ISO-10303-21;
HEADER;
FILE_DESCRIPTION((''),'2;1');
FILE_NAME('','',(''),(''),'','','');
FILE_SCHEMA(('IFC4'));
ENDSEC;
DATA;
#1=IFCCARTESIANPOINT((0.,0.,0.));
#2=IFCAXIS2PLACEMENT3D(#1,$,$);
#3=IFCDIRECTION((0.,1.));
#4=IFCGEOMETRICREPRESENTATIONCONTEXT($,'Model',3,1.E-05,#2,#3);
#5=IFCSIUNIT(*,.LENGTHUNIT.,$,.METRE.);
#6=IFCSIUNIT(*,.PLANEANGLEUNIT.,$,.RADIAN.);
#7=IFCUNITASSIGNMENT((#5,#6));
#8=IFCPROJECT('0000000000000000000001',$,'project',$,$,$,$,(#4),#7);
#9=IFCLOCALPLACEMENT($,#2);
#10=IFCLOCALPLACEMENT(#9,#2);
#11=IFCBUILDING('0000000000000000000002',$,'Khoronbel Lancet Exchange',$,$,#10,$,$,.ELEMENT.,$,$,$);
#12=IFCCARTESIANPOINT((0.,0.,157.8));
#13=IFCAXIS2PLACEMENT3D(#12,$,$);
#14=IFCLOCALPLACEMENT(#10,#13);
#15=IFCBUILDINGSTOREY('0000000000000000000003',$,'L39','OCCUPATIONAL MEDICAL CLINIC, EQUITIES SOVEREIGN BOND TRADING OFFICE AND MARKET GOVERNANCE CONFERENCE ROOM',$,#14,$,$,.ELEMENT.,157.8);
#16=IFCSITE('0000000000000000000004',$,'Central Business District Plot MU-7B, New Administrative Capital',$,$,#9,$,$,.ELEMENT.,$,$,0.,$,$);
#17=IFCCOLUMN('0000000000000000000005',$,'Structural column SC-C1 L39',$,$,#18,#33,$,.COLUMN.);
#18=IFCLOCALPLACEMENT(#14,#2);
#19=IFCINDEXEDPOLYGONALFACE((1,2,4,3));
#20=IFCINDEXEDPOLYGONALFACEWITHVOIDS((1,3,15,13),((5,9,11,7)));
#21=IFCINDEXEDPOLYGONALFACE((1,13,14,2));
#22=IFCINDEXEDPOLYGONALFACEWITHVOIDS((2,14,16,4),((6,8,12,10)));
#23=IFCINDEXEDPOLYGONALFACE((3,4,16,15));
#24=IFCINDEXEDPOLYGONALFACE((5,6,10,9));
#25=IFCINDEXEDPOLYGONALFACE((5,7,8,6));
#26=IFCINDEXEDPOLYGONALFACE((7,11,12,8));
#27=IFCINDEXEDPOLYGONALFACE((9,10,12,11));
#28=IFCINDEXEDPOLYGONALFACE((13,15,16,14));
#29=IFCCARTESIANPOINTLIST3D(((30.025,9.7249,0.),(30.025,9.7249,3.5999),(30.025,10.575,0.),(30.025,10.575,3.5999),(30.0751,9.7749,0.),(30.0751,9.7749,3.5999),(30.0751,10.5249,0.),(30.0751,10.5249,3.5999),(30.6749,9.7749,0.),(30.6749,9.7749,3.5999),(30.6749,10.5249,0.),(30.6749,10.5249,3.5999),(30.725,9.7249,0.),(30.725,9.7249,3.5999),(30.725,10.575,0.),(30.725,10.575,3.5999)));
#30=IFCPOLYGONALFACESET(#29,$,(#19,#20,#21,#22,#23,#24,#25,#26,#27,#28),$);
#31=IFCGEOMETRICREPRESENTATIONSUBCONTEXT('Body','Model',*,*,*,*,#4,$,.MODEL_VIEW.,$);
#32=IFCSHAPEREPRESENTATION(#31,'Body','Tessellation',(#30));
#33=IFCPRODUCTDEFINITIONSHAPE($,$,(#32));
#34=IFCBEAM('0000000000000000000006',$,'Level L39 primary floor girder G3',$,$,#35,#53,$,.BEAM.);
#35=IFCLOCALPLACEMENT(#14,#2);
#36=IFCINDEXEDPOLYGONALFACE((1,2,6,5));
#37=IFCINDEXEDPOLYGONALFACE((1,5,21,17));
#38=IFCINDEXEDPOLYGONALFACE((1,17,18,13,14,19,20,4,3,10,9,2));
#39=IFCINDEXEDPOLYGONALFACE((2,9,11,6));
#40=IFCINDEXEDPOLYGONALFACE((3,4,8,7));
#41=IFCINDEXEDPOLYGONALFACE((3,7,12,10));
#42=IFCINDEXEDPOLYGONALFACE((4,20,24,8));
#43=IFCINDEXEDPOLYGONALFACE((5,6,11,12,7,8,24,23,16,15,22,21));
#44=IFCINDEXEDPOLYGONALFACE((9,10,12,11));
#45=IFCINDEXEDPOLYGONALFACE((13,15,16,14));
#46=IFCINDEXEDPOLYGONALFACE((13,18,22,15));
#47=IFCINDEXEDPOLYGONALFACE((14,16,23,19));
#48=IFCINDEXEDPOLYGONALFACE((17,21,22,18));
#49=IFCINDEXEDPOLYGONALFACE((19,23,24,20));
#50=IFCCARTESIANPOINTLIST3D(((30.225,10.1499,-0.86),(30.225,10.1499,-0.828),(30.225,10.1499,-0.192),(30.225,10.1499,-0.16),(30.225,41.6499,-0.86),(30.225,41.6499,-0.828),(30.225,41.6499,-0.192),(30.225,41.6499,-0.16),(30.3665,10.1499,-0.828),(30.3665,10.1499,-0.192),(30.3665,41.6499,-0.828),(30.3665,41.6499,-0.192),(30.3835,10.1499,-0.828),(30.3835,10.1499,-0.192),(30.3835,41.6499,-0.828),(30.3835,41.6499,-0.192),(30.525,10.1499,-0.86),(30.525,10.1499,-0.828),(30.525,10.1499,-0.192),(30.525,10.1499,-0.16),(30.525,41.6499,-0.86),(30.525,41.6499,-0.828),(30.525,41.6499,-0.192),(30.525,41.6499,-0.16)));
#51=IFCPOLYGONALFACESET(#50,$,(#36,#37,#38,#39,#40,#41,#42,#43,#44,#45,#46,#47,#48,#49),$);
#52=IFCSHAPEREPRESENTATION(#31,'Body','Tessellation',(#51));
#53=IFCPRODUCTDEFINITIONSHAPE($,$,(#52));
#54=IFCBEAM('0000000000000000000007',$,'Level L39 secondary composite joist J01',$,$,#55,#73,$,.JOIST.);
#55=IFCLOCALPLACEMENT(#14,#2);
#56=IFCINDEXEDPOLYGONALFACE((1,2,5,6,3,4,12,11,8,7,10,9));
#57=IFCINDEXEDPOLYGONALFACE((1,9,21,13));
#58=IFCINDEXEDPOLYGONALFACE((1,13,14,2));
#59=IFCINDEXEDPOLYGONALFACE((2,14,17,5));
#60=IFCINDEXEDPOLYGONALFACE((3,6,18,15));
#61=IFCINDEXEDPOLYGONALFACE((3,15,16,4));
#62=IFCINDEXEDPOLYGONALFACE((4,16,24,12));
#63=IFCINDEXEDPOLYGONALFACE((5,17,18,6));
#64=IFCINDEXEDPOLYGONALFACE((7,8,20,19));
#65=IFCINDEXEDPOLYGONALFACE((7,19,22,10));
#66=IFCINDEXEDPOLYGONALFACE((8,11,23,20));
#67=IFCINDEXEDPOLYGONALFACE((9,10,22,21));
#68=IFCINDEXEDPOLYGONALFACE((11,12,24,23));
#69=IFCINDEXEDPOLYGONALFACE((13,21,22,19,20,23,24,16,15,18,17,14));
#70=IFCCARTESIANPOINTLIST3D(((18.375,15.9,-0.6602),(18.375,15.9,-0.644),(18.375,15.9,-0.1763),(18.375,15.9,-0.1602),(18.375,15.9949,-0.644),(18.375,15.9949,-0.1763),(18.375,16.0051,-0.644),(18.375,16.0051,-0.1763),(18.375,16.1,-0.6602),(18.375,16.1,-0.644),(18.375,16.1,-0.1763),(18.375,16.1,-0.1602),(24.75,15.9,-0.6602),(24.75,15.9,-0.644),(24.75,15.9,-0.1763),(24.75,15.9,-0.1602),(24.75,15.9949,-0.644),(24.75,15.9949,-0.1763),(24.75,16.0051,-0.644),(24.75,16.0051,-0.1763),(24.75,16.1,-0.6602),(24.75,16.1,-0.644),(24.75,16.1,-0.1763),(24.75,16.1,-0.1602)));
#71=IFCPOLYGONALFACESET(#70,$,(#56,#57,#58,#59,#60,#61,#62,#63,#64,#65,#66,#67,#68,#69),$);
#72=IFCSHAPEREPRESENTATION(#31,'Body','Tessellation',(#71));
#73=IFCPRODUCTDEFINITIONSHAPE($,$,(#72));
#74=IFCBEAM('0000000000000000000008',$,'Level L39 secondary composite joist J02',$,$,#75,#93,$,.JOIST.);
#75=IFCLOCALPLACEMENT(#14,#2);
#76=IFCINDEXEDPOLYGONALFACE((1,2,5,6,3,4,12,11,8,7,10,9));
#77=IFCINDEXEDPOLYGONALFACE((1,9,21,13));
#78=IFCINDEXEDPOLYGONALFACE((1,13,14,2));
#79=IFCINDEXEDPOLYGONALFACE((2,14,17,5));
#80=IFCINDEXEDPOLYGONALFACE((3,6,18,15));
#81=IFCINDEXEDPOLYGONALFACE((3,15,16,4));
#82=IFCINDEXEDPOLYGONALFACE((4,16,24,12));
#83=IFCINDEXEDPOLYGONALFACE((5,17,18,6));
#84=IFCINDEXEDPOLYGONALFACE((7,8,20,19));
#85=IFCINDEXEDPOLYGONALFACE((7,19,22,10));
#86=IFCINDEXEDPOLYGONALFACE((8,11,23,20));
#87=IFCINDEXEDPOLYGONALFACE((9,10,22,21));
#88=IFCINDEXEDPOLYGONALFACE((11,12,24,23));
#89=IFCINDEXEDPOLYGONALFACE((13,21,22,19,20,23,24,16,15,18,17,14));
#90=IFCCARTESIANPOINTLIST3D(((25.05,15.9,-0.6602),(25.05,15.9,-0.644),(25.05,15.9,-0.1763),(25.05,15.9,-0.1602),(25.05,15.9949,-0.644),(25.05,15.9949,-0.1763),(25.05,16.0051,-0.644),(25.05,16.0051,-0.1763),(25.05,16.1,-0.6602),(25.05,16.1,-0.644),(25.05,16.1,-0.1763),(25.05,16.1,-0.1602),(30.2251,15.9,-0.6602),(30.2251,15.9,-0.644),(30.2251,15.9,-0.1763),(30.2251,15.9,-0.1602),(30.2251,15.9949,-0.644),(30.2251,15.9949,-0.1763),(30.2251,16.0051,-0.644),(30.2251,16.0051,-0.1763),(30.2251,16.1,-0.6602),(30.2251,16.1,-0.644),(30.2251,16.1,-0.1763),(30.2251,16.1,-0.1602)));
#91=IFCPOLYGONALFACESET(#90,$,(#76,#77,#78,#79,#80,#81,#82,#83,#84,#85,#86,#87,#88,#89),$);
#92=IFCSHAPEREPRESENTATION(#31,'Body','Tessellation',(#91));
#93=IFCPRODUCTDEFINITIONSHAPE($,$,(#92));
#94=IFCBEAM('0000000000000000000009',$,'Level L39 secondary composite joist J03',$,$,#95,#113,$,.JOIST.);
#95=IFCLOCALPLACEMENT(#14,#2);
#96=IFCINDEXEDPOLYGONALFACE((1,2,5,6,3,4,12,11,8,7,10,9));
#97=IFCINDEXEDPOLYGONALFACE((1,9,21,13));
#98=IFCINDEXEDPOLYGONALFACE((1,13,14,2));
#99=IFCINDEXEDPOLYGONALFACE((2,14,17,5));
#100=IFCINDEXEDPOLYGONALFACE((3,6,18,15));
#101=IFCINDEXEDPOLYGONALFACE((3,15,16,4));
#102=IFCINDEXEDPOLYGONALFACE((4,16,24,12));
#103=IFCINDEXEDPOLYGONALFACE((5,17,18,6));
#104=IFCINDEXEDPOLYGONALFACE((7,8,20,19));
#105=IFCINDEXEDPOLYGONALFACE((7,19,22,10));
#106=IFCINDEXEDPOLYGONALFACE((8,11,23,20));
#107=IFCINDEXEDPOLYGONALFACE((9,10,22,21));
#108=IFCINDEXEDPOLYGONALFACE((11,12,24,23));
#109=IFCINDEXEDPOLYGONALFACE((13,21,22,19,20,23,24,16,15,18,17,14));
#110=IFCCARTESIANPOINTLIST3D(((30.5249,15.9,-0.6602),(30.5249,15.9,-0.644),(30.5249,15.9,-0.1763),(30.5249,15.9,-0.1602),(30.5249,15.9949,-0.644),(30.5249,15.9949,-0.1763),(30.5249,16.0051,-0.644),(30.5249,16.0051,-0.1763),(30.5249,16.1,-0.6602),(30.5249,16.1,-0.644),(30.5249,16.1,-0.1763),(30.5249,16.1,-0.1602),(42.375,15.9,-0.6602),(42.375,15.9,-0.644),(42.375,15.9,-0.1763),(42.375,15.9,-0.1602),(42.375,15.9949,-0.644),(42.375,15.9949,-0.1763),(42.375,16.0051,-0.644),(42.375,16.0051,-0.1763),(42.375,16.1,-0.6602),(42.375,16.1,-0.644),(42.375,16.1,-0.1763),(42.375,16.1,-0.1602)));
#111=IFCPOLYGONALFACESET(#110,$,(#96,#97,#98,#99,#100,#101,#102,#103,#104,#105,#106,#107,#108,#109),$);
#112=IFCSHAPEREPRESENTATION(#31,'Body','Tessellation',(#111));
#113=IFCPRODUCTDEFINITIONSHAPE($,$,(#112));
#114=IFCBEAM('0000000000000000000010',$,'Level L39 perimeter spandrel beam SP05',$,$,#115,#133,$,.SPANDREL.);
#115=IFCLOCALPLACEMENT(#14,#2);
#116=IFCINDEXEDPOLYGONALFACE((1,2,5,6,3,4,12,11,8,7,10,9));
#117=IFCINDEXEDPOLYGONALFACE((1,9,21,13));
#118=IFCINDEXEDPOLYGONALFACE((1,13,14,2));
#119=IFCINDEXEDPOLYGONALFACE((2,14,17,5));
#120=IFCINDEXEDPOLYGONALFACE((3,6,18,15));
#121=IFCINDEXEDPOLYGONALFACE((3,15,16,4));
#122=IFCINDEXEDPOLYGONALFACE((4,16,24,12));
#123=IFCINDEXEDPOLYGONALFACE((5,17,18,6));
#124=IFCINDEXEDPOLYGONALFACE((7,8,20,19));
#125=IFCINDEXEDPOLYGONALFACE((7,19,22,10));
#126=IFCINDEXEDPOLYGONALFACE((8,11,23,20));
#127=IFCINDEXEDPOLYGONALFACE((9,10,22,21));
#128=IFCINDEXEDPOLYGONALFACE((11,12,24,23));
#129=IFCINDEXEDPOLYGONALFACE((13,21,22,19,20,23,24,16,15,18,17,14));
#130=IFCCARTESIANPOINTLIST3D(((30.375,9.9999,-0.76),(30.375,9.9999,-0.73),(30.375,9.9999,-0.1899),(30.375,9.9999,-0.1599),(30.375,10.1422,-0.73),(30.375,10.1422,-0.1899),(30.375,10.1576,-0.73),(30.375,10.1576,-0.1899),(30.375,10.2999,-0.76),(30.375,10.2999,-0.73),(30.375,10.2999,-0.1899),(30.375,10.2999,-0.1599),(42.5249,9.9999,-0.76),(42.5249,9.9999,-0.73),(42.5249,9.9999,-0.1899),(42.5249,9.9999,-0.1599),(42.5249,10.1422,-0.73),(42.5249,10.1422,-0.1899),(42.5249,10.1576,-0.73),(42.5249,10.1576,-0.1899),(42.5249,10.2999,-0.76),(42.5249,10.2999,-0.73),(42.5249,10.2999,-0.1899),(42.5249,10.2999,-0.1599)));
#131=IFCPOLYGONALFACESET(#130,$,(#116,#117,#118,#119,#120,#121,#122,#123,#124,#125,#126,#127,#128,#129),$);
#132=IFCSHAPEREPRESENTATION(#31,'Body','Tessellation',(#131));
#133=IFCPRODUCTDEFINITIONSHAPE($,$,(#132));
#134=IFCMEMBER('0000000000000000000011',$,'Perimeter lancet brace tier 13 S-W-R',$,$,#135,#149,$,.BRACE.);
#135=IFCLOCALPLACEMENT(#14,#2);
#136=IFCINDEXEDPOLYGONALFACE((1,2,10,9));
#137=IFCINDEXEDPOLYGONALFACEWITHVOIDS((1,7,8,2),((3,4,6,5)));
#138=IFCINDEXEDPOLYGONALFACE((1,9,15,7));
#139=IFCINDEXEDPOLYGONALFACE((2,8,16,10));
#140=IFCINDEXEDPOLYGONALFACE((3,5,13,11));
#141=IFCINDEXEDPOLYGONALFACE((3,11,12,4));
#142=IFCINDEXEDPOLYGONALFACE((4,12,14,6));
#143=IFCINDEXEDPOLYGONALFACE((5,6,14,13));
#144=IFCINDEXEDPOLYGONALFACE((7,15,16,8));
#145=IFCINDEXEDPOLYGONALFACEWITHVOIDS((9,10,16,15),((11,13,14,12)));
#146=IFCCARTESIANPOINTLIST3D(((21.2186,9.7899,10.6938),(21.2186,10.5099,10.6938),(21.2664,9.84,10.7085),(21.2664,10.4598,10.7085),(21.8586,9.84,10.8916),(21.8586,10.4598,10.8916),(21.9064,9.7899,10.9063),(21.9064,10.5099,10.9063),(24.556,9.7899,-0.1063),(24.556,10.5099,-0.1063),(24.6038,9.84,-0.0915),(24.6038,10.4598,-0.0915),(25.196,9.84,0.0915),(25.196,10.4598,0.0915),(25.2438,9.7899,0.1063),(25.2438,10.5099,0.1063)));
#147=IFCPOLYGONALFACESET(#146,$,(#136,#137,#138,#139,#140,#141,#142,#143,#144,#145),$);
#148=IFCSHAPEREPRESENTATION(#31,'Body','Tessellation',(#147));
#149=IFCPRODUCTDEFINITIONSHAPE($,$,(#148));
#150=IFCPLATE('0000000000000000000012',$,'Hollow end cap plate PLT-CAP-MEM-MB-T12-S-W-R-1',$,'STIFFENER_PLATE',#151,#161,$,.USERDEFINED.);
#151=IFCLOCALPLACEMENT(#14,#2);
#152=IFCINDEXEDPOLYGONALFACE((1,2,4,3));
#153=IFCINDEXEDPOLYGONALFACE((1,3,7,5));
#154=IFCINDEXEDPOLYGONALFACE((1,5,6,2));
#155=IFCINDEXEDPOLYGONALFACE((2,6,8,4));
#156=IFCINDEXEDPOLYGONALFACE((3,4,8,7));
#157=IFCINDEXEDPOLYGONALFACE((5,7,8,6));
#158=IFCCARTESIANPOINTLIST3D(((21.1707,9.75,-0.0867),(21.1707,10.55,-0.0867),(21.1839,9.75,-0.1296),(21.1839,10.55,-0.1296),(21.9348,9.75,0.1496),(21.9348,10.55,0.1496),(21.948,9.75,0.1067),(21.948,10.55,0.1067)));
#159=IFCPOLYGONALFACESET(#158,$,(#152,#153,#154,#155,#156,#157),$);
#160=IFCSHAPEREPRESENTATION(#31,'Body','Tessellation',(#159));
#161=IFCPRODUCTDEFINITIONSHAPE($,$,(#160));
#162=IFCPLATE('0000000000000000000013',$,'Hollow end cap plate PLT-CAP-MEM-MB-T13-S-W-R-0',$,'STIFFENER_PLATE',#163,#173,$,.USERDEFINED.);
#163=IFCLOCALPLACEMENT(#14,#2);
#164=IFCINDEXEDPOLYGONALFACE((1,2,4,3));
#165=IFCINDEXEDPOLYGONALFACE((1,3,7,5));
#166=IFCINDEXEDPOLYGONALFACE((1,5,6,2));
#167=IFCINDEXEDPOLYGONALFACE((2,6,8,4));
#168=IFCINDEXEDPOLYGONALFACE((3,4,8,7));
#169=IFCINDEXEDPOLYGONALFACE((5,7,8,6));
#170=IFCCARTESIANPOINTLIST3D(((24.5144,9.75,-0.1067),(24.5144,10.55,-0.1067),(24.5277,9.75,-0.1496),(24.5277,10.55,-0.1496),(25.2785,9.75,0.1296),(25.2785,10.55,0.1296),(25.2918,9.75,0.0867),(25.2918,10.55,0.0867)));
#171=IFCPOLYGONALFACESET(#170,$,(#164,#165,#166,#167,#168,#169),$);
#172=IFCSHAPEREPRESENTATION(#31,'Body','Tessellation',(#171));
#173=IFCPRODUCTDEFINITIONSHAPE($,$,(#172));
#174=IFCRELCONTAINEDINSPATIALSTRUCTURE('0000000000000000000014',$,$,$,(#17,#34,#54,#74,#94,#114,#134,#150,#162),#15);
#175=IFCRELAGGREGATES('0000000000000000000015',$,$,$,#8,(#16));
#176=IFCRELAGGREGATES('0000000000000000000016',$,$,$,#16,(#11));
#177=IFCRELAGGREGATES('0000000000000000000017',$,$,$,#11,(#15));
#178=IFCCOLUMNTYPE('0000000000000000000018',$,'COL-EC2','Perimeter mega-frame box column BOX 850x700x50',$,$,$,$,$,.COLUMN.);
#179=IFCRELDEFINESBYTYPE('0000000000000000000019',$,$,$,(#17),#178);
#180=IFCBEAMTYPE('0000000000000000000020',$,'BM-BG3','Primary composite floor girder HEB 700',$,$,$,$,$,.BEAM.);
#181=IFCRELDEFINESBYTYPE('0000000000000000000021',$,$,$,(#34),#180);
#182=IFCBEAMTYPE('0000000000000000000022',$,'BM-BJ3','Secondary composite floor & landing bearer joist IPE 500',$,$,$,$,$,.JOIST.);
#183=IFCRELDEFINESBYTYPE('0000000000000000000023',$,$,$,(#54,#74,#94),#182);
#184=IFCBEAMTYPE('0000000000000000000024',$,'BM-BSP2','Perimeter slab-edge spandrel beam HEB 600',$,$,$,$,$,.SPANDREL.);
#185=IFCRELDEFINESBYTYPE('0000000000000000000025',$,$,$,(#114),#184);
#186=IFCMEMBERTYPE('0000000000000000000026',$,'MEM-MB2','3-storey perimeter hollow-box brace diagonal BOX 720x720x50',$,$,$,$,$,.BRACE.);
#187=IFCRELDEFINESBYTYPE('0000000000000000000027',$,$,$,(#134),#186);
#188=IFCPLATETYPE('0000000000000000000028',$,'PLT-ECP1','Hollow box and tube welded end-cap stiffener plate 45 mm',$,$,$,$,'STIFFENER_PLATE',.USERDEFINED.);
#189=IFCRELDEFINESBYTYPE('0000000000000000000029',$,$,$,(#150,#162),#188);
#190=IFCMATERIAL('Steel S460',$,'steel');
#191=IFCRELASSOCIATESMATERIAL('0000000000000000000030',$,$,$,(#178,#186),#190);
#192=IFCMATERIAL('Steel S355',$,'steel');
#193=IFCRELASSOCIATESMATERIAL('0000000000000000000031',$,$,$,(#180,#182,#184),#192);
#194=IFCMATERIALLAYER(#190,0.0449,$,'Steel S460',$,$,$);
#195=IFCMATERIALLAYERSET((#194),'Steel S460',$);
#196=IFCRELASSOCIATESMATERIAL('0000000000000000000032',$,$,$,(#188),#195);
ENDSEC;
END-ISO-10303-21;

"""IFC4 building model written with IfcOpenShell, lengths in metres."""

from ifc_helpers import new_model, si_unit, direction, frame, origin, origin_2d, place, context, subcontext, project, spatial, polyline, hollow_rectangle, i_section, outline, extrude, material, layer, layer_set, material_profile, profile_set, type_object, element, save


model = new_model("IFC4")

# Units and contexts
model_context = context("Model", 3, precision=1e-05, world=origin(), true_north=direction((0.0, 1.0)))
body_context = subcontext(model_context, "Body", "Model", "MODEL_VIEW")
ifc_project = project(units=[si_unit("LENGTHUNIT", "METRE"), si_unit("PLANEANGLEUNIT", "RADIAN")], contexts=[model_context])

# Site, building, storey
site_placement = place(None, origin())
site = spatial("IfcSite", under=ifc_project, at=site_placement, Name="Central Business District Plot MU-7B, New Administrative Capital", CompositionType="ELEMENT", RefElevation=0.0)
building_placement = place(site_placement, origin())
building = spatial("IfcBuilding", under=site, at=building_placement, Name="Khoronbel Lancet Exchange", CompositionType="ELEMENT")
storey_placement = place(building_placement, frame((0.0, 0.0, 157.8)))
storey = spatial("IfcBuildingStorey", under=building, at=storey_placement, Name="L39", Description="OCCUPATIONAL MEDICAL CLINIC, EQUITIES SOVEREIGN BOND TRADING OFFICE AND MARKET GOVERNANCE CONFERENCE ROOM", CompositionType="ELEMENT", Elevation=157.8)

# Column
ifc_material_1 = material(Name="Steel S460", Category="steel")
ifc_material_profile_1 = material_profile(ifc_material_1, hollow_rectangle(XDim=0.7, YDim=0.8501, WallThickness=0.05, at=origin_2d()), Name="BOX 850x700x50")
ifc_profile_set_1 = profile_set([ifc_material_profile_1], Name="Steel S460")
column_type = type_object("IfcColumnType", Name="COL-EC2", Description="Perimeter mega-frame box column BOX 850x700x50", PredefinedType="COLUMN", material=ifc_profile_set_1)
column_placement = place(storey_placement, frame((30.375, 10.1499, 0.0), z_axis=(0.0, 0.0, 1.0), x_axis=(1.0, 0.0, 0.0)))
element("IfcColumn", 1, at=column_placement, inside=storey, type_object=column_type, Name="Structural column SC-C1 L39", PredefinedType="COLUMN", context=body_context, shape_type="SweptSolid", body=[
    extrude(hollow_rectangle(XDim=0.7, YDim=0.8501, WallThickness=0.05, at=origin_2d()), origin(), (0.0, 0.0, 1.0), 3.5999),
])

# Beams
ifc_material_2 = material(Name="Steel S355", Category="steel")
ifc_material_profile_2 = material_profile(ifc_material_2, i_section(OverallWidth=0.3, OverallDepth=0.7, WebThickness=0.0171, FlangeThickness=0.032, at=origin_2d()), Name="HEB 700")
ifc_profile_set_2 = profile_set([ifc_material_profile_2], Name="Steel S355")
beam_type_1 = type_object("IfcBeamType", Name="BM-BG3", Description="Primary composite floor girder HEB 700", PredefinedType="BEAM", material=ifc_profile_set_2)
beam_1_placement = place(storey_placement, frame((30.375, 10.1499, -0.51), z_axis=(0.0, 1.0, 0.0), x_axis=(-1.0, 0.0, 0.0)))
element("IfcBeam", 2, at=beam_1_placement, inside=storey, type_object=beam_type_1, Name="Level L39 primary floor girder G3", PredefinedType="BEAM", context=body_context, shape_type="SweptSolid", body=[
    extrude(i_section(OverallWidth=0.3, OverallDepth=0.7, WebThickness=0.0171, FlangeThickness=0.032, at=origin_2d()), origin(), (0.0, 0.0, 1.0), 31.5),
])
ifc_material_profile_3 = material_profile(ifc_material_2, i_section(OverallWidth=0.2, OverallDepth=0.5, WebThickness=0.0103, FlangeThickness=0.0161, at=origin_2d()), Name="IPE 500")
ifc_profile_set_3 = profile_set([ifc_material_profile_3], Name="Steel S355")
beam_type_2 = type_object("IfcBeamType", Name="BM-BJ3", Description="Secondary composite floor & landing bearer joist IPE 500", PredefinedType="JOIST", material=ifc_profile_set_3)
beam_2_placement = place(storey_placement, frame((18.375, 16.0, -0.4102), z_axis=(1.0, 0.0, 0.0), x_axis=(0.0, 1.0, 0.0)))
element("IfcBeam", 3, at=beam_2_placement, inside=storey, type_object=beam_type_2, Name="Level L39 secondary composite joist J01", PredefinedType="JOIST", context=body_context, shape_type="SweptSolid", body=[
    extrude(i_section(OverallWidth=0.2, OverallDepth=0.5, WebThickness=0.0103, FlangeThickness=0.0161, at=origin_2d()), origin(), (0.0, 0.0, 1.0), 6.375),
])
beam_3_placement = place(storey_placement, frame((25.05, 16.0, -0.4102), z_axis=(1.0, 0.0, 0.0), x_axis=(0.0, 1.0, 0.0)))
element("IfcBeam", 4, at=beam_3_placement, inside=storey, type_object=beam_type_2, Name="Level L39 secondary composite joist J02", PredefinedType="JOIST", context=body_context, shape_type="SweptSolid", body=[
    extrude(i_section(OverallWidth=0.2, OverallDepth=0.5, WebThickness=0.0103, FlangeThickness=0.0161, at=origin_2d()), origin(), (0.0, 0.0, 1.0), 5.175),
])
beam_4_placement = place(storey_placement, frame((30.5249, 16.0, -0.4102), z_axis=(1.0, 0.0, 0.0), x_axis=(0.0, 1.0, 0.0)))
element("IfcBeam", 5, at=beam_4_placement, inside=storey, type_object=beam_type_2, Name="Level L39 secondary composite joist J03", PredefinedType="JOIST", context=body_context, shape_type="SweptSolid", body=[
    extrude(i_section(OverallWidth=0.2, OverallDepth=0.5, WebThickness=0.0103, FlangeThickness=0.0161, at=origin_2d()), origin(), (0.0, 0.0, 1.0), 11.8501),
])
ifc_material_profile_4 = material_profile(ifc_material_2, i_section(OverallWidth=0.3, OverallDepth=0.6001, WebThickness=0.0154, FlangeThickness=0.03, at=origin_2d()), Name="HEB 600")
ifc_profile_set_4 = profile_set([ifc_material_profile_4], Name="Steel S355")
beam_type_3 = type_object("IfcBeamType", Name="BM-BSP2", Description="Perimeter slab-edge spandrel beam HEB 600", PredefinedType="SPANDREL", material=ifc_profile_set_4)
beam_5_placement = place(storey_placement, frame((30.375, 10.1499, -0.46), z_axis=(1.0, 0.0, 0.0), x_axis=(0.0, 1.0, 0.0)))
element("IfcBeam", 6, at=beam_5_placement, inside=storey, type_object=beam_type_3, Name="Level L39 perimeter spandrel beam SP05", PredefinedType="SPANDREL", context=body_context, shape_type="SweptSolid", body=[
    extrude(i_section(OverallWidth=0.3, OverallDepth=0.6001, WebThickness=0.0154, FlangeThickness=0.03, at=origin_2d()), origin(), (0.0, 0.0, 1.0), 12.1499),
])

# Member
ifc_material_profile_5 = material_profile(ifc_material_1, hollow_rectangle(XDim=0.72, YDim=0.72, WallThickness=0.05, at=origin_2d()), Name="BOX 720x720x50")
ifc_profile_set_5 = profile_set([ifc_material_profile_5], Name="Steel S460")
member_type = type_object("IfcMemberType", Name="MEM-MB2", Description="3-storey perimeter hollow-box brace diagonal BOX 720x720x50", PredefinedType="BRACE", material=ifc_profile_set_5)
member_placement = place(storey_placement, frame((24.8999, 10.1499, 0.0), z_axis=(-0.295242, 0.0, 0.955422), x_axis=(0.0, -1.0, 0.0)))
element("IfcMember", 7, at=member_placement, inside=storey, type_object=member_type, Name="Perimeter lancet brace tier 13 S-W-R", PredefinedType="BRACE", context=body_context, shape_type="SweptSolid", body=[
    extrude(hollow_rectangle(XDim=0.72, YDim=0.72, WallThickness=0.05, at=origin_2d()), origin(), (0.0, 0.0, 1.0), 11.304),
])

# Plates
ifc_layer_1 = layer(ifc_material_1, 0.0449, Name="Steel S460")
ifc_layer_set_1 = layer_set([ifc_layer_1], Name="Steel S460")
plate_type = type_object("IfcPlateType", Name="PLT-ECP1", Description="Hollow box and tube welded end-cap stiffener plate 45 mm", ElementType="STIFFENER_PLATE", PredefinedType="USERDEFINED", material=ifc_layer_set_1)
for number, where, z_axis, x_axis, name in (
    (8, (21.1707, 10.55, -0.0867), (-0.295458, 0.0, 0.955356), (0.0, -1.0, 0.0), "Hollow end cap plate PLT-CAP-MEM-MB-T12-S-W-R-1"),
    (9, (24.5144, 10.55, -0.1067), (-0.295458, 0.0, 0.955356), (0.0, -1.0, 0.0), "Hollow end cap plate PLT-CAP-MEM-MB-T13-S-W-R-0"),
):
    element("IfcPlate", number, at=place(storey_placement, frame(where, z_axis=z_axis, x_axis=x_axis)), inside=storey, type_object=plate_type, Name=name, ObjectType="STIFFENER_PLATE", PredefinedType="USERDEFINED", context=body_context, shape_type="SweptSolid", body=[
        extrude(outline(polyline([(0.0, 0.0), (0.8, 0.0), (0.8, 0.7998), (0.0, 0.7998), (0.0, 0.0)])), origin(), (0.0, 0.0, -1.0), 0.0449),
    ])

save(model, "model.ifc")
